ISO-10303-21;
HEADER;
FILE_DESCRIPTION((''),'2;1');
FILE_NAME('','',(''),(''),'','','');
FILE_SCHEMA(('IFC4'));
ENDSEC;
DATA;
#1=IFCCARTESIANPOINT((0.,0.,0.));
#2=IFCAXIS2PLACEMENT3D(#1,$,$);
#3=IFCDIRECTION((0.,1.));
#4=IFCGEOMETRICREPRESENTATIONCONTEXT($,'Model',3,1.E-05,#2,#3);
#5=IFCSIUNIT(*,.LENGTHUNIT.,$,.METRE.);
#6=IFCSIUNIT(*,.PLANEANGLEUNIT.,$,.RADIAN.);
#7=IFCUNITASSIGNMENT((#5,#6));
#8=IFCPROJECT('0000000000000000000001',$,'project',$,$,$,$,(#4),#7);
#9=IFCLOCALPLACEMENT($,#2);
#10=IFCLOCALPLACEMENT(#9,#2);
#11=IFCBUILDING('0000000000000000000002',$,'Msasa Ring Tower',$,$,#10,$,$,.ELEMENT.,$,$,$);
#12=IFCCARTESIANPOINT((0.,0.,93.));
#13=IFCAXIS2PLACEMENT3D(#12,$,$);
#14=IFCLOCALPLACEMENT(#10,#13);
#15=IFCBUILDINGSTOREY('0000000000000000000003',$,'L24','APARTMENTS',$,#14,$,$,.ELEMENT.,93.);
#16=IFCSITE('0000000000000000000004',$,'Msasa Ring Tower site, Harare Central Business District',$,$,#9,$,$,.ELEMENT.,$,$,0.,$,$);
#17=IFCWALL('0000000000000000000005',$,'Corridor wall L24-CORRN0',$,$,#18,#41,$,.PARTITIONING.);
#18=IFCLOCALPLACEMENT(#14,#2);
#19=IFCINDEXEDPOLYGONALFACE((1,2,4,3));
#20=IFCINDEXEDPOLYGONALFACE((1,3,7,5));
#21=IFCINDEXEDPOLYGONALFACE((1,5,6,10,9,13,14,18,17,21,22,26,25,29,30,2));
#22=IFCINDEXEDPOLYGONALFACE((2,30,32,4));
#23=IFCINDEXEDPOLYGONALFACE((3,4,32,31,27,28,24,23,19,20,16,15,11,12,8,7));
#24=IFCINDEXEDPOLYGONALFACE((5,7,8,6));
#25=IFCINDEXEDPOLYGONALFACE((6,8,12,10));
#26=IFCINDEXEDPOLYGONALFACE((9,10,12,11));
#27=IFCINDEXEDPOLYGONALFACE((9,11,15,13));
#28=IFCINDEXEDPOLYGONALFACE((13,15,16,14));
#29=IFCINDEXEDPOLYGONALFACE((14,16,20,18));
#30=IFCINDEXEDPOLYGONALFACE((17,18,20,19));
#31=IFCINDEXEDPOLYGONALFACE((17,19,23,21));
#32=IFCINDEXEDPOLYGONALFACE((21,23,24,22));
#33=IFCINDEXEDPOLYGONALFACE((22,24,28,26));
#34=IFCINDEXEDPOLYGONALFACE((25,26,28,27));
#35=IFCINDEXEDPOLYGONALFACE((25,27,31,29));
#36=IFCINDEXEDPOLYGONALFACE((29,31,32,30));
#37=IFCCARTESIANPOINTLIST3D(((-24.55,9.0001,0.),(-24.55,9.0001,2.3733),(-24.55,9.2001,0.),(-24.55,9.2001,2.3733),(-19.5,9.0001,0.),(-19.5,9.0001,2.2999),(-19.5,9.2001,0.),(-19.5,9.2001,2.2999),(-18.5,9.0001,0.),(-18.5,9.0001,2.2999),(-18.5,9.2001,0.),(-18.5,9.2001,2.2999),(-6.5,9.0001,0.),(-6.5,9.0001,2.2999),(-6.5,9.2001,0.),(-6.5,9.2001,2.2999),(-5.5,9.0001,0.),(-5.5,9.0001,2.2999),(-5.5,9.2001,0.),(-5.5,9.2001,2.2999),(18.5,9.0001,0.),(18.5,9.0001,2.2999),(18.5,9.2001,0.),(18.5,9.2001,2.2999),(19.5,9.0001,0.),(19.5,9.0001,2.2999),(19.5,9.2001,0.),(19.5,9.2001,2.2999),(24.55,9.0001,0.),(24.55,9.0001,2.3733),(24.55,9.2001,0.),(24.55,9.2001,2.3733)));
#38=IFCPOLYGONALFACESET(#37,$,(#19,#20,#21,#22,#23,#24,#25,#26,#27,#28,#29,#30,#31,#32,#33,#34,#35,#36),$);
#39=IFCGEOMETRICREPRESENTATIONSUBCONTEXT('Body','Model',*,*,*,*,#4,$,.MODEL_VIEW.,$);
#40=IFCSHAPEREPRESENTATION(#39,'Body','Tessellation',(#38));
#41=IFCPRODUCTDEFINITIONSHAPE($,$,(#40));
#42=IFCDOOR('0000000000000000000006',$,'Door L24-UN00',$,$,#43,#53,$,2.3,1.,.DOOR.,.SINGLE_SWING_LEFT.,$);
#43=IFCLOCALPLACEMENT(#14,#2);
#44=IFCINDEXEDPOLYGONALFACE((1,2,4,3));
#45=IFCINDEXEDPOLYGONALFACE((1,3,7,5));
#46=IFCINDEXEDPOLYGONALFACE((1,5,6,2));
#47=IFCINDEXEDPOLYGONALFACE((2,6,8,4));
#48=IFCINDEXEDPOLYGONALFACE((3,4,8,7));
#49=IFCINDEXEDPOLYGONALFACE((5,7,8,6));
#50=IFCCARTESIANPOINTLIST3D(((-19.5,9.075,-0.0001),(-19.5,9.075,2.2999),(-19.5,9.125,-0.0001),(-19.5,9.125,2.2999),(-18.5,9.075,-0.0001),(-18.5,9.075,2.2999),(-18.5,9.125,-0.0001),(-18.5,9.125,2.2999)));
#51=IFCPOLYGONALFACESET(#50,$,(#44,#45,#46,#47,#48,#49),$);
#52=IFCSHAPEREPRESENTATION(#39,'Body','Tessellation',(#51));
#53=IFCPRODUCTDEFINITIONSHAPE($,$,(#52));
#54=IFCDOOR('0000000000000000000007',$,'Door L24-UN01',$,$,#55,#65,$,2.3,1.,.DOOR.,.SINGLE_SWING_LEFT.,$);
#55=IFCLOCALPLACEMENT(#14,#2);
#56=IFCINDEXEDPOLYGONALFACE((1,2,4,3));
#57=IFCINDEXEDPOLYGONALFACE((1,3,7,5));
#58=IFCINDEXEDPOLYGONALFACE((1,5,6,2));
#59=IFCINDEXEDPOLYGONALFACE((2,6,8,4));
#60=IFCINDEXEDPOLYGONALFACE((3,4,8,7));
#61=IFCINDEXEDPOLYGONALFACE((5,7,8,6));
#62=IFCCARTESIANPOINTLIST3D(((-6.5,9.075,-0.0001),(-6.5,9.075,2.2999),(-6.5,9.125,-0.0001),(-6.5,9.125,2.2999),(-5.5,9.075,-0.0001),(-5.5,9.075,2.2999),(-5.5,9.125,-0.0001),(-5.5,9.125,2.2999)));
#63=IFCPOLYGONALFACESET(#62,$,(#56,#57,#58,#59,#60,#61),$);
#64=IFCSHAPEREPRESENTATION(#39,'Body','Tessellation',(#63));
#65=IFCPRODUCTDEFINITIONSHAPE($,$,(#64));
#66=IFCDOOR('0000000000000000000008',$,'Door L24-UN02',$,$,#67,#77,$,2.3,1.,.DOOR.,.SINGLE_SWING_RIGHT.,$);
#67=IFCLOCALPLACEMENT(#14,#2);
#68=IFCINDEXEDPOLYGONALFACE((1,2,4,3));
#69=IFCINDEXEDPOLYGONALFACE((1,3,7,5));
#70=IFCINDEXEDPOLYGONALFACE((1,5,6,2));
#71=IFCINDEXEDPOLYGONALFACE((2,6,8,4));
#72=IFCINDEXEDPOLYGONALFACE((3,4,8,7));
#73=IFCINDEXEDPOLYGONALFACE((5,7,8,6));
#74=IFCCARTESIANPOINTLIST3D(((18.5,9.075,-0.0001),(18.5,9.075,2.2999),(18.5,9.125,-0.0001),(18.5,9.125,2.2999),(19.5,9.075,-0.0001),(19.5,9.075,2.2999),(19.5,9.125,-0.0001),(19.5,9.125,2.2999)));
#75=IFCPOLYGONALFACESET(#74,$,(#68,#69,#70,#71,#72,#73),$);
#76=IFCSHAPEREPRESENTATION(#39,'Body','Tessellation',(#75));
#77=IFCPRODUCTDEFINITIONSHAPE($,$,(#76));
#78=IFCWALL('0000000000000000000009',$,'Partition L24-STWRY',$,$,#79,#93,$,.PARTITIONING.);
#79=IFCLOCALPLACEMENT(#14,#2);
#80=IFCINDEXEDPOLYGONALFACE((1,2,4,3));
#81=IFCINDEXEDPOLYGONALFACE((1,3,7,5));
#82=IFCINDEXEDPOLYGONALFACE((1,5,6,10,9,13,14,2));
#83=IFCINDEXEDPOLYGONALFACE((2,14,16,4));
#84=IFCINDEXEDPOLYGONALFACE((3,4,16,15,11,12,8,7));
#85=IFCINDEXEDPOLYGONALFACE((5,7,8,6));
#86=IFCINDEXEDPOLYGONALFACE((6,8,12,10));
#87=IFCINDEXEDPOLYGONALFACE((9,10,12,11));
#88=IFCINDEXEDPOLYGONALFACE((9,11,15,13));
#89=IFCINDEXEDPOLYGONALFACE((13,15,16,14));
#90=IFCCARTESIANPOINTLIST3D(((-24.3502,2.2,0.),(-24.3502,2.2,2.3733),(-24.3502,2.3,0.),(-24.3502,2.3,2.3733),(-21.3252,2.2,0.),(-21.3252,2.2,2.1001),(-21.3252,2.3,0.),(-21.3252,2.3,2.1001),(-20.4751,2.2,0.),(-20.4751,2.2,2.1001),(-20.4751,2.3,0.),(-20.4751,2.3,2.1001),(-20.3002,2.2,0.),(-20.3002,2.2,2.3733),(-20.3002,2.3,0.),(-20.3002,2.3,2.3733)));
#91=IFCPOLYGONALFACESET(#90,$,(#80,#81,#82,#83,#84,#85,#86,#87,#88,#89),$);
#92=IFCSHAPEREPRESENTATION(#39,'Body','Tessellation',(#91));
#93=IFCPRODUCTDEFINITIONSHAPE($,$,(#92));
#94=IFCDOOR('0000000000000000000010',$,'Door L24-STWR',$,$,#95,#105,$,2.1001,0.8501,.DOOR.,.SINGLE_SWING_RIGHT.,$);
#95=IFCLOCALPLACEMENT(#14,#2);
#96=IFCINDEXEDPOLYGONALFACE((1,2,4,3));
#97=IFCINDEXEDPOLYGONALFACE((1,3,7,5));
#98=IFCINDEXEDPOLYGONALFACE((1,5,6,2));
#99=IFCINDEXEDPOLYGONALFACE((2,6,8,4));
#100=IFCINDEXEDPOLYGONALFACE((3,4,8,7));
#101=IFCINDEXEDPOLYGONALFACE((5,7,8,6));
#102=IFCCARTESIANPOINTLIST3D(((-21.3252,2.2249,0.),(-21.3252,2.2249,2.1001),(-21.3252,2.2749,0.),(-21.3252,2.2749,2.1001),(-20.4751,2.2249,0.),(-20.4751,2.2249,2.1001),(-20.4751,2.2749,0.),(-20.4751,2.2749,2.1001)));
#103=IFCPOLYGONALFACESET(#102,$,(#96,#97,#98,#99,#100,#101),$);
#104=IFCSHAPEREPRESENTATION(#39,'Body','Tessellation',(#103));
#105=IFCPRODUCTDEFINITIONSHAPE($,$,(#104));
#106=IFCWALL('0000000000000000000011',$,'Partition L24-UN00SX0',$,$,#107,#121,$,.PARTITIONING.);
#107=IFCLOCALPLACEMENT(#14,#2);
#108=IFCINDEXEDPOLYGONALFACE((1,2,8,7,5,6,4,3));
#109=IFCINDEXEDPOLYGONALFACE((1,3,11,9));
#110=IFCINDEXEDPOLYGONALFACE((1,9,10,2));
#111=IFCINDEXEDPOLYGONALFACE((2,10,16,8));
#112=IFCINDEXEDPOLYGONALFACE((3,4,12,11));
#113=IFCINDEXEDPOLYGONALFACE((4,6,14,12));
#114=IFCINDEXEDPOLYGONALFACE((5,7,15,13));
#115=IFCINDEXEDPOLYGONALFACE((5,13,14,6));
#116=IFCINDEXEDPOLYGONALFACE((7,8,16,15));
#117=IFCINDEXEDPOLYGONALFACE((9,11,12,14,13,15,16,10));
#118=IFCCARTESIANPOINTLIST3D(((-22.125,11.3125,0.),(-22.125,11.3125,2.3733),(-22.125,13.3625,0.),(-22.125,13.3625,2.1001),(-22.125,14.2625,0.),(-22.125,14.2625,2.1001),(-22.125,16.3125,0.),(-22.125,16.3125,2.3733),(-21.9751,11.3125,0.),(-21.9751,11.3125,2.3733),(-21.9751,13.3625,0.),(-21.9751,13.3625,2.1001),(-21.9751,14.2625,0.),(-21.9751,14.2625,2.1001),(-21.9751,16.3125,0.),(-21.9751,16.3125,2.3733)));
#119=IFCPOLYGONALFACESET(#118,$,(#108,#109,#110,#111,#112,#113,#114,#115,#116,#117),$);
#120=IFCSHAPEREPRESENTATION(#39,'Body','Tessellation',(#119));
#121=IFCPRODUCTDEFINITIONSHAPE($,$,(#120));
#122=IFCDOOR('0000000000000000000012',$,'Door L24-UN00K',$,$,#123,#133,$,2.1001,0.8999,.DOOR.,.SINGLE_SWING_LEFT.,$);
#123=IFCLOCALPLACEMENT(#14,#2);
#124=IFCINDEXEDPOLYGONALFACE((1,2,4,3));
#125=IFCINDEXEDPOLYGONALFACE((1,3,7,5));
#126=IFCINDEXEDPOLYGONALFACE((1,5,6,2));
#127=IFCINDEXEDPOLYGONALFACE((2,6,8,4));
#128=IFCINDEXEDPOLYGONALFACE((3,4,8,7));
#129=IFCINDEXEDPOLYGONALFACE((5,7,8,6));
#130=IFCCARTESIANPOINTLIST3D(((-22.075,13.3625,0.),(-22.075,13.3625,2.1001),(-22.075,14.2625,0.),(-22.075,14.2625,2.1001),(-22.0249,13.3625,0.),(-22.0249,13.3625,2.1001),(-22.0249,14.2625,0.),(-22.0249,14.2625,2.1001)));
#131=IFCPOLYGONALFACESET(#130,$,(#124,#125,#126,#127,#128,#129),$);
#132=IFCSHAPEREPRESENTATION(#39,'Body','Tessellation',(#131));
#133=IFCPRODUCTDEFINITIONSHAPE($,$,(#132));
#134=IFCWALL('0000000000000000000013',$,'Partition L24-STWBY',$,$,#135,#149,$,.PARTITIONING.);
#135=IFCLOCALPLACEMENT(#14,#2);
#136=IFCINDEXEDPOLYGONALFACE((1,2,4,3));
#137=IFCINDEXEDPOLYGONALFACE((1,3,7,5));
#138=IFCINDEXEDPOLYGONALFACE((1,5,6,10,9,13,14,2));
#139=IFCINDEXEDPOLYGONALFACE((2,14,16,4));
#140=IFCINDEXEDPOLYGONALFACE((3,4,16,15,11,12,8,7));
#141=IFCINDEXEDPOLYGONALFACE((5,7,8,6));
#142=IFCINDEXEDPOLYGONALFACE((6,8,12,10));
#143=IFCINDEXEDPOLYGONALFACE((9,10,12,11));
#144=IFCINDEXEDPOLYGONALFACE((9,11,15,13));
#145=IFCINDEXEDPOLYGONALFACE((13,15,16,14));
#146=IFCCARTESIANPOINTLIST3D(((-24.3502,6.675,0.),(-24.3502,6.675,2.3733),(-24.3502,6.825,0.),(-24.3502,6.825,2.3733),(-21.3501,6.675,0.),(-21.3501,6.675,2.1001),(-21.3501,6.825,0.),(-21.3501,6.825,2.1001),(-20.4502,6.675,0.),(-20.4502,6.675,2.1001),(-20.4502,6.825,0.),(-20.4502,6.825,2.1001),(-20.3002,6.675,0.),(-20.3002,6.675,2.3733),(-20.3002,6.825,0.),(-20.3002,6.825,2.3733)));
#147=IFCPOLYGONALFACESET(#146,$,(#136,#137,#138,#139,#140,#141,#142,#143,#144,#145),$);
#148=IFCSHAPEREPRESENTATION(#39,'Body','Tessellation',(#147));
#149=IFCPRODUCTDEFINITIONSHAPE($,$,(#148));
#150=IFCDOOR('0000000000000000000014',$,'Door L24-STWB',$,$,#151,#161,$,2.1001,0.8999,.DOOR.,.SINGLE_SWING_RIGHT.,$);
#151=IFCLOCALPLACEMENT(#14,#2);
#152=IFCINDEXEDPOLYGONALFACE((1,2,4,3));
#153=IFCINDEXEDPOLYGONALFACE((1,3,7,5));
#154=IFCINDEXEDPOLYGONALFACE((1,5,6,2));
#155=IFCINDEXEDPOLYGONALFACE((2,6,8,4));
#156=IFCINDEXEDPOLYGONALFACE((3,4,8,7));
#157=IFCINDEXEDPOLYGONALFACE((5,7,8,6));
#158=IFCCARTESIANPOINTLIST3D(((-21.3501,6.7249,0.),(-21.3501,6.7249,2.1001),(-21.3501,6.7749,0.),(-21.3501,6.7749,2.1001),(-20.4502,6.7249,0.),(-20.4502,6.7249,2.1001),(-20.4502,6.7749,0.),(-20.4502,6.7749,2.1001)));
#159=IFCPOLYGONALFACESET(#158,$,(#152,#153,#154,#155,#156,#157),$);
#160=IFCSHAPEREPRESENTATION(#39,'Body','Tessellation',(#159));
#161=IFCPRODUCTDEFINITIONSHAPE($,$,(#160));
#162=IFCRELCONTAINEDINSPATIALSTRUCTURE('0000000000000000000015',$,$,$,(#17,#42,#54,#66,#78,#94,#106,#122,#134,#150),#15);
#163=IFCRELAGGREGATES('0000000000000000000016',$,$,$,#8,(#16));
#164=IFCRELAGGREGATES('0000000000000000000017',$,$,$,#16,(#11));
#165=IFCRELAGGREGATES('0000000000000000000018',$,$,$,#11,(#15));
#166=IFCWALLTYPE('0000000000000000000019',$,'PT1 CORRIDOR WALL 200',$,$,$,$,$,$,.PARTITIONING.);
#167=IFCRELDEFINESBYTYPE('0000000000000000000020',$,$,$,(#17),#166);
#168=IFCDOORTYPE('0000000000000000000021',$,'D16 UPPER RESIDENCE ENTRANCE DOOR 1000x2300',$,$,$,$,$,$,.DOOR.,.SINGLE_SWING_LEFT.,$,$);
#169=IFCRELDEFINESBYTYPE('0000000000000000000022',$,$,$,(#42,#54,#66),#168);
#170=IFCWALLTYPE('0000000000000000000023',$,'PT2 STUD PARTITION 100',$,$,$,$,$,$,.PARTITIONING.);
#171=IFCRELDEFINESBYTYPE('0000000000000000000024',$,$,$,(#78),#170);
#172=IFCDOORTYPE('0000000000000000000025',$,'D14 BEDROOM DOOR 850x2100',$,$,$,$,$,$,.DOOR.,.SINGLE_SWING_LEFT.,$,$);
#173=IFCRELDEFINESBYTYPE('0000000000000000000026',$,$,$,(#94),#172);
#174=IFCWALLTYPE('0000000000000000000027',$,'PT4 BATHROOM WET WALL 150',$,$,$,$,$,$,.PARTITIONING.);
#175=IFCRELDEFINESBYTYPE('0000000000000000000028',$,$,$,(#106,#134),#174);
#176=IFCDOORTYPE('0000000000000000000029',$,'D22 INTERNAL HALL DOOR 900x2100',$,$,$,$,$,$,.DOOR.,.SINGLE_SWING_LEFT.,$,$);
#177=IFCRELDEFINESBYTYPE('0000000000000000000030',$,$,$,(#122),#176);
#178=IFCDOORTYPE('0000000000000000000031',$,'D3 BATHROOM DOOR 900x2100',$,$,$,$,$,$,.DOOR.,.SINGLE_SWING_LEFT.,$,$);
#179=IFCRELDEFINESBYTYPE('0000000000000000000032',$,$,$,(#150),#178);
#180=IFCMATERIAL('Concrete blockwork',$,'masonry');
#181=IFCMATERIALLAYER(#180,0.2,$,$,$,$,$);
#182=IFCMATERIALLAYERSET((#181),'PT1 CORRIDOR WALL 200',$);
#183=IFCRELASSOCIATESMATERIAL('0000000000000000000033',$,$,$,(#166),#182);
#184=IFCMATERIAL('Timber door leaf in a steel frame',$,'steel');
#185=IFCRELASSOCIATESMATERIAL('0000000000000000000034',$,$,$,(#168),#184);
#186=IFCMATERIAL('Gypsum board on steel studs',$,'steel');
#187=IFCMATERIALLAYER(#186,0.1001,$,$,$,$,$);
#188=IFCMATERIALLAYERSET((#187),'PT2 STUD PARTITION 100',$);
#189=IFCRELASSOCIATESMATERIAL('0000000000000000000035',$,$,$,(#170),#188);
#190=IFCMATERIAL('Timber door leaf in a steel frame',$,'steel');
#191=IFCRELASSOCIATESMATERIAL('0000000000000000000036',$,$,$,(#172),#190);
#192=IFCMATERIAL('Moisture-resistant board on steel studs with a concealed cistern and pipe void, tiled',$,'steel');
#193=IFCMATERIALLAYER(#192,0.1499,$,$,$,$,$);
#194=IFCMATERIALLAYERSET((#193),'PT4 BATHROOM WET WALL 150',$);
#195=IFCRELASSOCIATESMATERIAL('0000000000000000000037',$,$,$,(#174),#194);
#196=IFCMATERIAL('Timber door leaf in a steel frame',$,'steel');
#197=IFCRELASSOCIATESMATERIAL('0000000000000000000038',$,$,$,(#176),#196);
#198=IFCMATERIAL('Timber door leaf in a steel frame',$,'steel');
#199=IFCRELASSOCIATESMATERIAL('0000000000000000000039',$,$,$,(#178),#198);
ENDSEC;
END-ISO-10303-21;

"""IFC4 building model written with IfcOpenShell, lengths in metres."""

from ifc_helpers import new_model, si_unit, direction, frame, frame_2d, origin, place, context, subcontext, project, spatial, rectangle, extrude, material, layer, layer_set, type_object, element, fill, save


model = new_model("IFC4")

# Units and contexts
model_context = context("Model", 3, precision=1e-05, world=origin(), true_north=direction((0.0, 1.0)))
body_context = subcontext(model_context, "Body", "Model", "MODEL_VIEW")
ifc_project = project(units=[si_unit("LENGTHUNIT", "METRE"), si_unit("PLANEANGLEUNIT", "RADIAN")], contexts=[model_context])

# Site, building, storey
site_placement = place(None, origin())
site = spatial("IfcSite", under=ifc_project, at=site_placement, Name="Msasa Ring Tower site, Harare Central Business District", CompositionType="ELEMENT", RefElevation=0.0)
building_placement = place(site_placement, origin())
building = spatial("IfcBuilding", under=site, at=building_placement, Name="Msasa Ring Tower", CompositionType="ELEMENT")
storey_placement = place(building_placement, frame((0.0, 0.0, 93.0)))
storey = spatial("IfcBuildingStorey", under=building, at=storey_placement, Name="L24", Description="APARTMENTS", CompositionType="ELEMENT", Elevation=93.0)

# Wall, openings, doors
ifc_material_1 = material(Name="Concrete blockwork", Category="masonry")
ifc_layer_1 = layer(ifc_material_1, 0.2)
ifc_layer_set_1 = layer_set([ifc_layer_1], Name="PT1 CORRIDOR WALL 200")
wall_type_1 = type_object("IfcWallType", Name="PT1 CORRIDOR WALL 200", PredefinedType="PARTITIONING", material=ifc_layer_set_1)
wall_1_placement = place(storey_placement, frame((-24.55, 9.1001, 0.0), z_axis=(0.0, 0.0, 1.0), x_axis=(1.0, 0.0, 0.0)))
wall_1 = element("IfcWall", 1, at=wall_1_placement, inside=storey, type_object=wall_type_1, Name="Corridor wall L24-CORRN0", PredefinedType="PARTITIONING", context=body_context, shape_type="SweptSolid", body=[
    extrude(rectangle(XDim=49.1001, YDim=0.2, at=frame_2d((24.55, 0.0))), origin(), (0.0, 0.0, 1.0), 2.3733),
])
opening_1_placement = place(wall_1_placement, frame((5.05, 0.0, 0.0)))
opening_1 = element("IfcOpeningElement", 2, at=opening_1_placement, cuts=wall_1, PredefinedType="OPENING", context=body_context, shape_type="SweptSolid", body=[
    extrude(rectangle(XDim=1.0, YDim=2.3, at=frame_2d((0.5, 1.1499))), frame((0.0, 0.1099, 0.0), z_axis=(0.0, -1.0, 0.0), x_axis=(1.0, 0.0, 0.0)), (0.0, 0.0, 1.0), 0.22),
])
opening_2_placement = place(wall_1_placement, frame((18.05, 0.0, 0.0)))
opening_2 = element("IfcOpeningElement", 3, at=opening_2_placement, cuts=wall_1, PredefinedType="OPENING", context=body_context, shape_type="SweptSolid", body=[
    extrude(rectangle(XDim=1.0, YDim=2.3, at=frame_2d((0.5, 1.1499))), frame((0.0, 0.1099, 0.0), z_axis=(0.0, -1.0, 0.0), x_axis=(1.0, 0.0, 0.0)), (0.0, 0.0, 1.0), 0.22),
])
opening_3_placement = place(wall_1_placement, frame((43.05, 0.0, 0.0)))
opening_3 = element("IfcOpeningElement", 4, at=opening_3_placement, cuts=wall_1, PredefinedType="OPENING", context=body_context, shape_type="SweptSolid", body=[
    extrude(rectangle(XDim=1.0, YDim=2.3, at=frame_2d((0.5, 1.1499))), frame((0.0, 0.1099, 0.0), z_axis=(0.0, -1.0, 0.0), x_axis=(1.0, 0.0, 0.0)), (0.0, 0.0, 1.0), 0.22),
])
ifc_material_2 = material(Name="Timber door leaf in a steel frame", Category="steel")
door_type_1 = type_object("IfcDoorType", Name="D16 UPPER RESIDENCE ENTRANCE DOOR 1000x2300", OperationType="SINGLE_SWING_LEFT", PredefinedType="DOOR", material=ifc_material_2)
door_1_placement = place(opening_1_placement, origin())
door_1 = element("IfcDoor", 5, at=door_1_placement, inside=storey, type_object=door_type_1, Name="Door L24-UN00", OperationType="SINGLE_SWING_LEFT", OverallHeight=2.3, OverallWidth=1.0, PredefinedType="DOOR", context=body_context, shape_type="SweptSolid", body=[
    extrude(rectangle(XDim=1.0, YDim=2.3, at=frame_2d((0.5, 1.1499))), frame((0.0, 0.0249, 0.0), z_axis=(0.0, -1.0, 0.0), x_axis=(1.0, 0.0, 0.0)), (0.0, 0.0, 1.0), 0.05),
])
fill(opening_1, door_1)
door_2_placement = place(opening_2_placement, origin())
door_2 = element("IfcDoor", 6, at=door_2_placement, inside=storey, type_object=door_type_1, Name="Door L24-UN01", OperationType="SINGLE_SWING_LEFT", OverallHeight=2.3, OverallWidth=1.0, PredefinedType="DOOR", context=body_context, shape_type="SweptSolid", body=[
    extrude(rectangle(XDim=1.0, YDim=2.3, at=frame_2d((0.5, 1.1499))), frame((0.0, 0.0249, 0.0), z_axis=(0.0, -1.0, 0.0), x_axis=(1.0, 0.0, 0.0)), (0.0, 0.0, 1.0), 0.05),
])
fill(opening_2, door_2)
door_3_placement = place(opening_3_placement, origin())
door_3 = element("IfcDoor", 7, at=door_3_placement, inside=storey, type_object=door_type_1, Name="Door L24-UN02", OperationType="SINGLE_SWING_RIGHT", OverallHeight=2.3, OverallWidth=1.0, PredefinedType="DOOR", context=body_context, shape_type="SweptSolid", body=[
    extrude(rectangle(XDim=1.0, YDim=2.3, at=frame_2d((0.5, 1.1499))), frame((0.0, 0.0249, 0.0), z_axis=(0.0, -1.0, 0.0), x_axis=(1.0, 0.0, 0.0)), (0.0, 0.0, 1.0), 0.05),
])
fill(opening_3, door_3)

# Walls, openings, doors
ifc_material_3 = material(Name="Gypsum board on steel studs", Category="steel")
ifc_layer_2 = layer(ifc_material_3, 0.1001)
ifc_layer_set_2 = layer_set([ifc_layer_2], Name="PT2 STUD PARTITION 100")
wall_type_2 = type_object("IfcWallType", Name="PT2 STUD PARTITION 100", PredefinedType="PARTITIONING", material=ifc_layer_set_2)
wall_2_placement = place(storey_placement, frame((-24.3501, 2.25, 0.0), z_axis=(0.0, 0.0, 1.0), x_axis=(1.0, 0.0, 0.0)))
wall_2 = element("IfcWall", 8, at=wall_2_placement, inside=storey, type_object=wall_type_2, Name="Partition L24-STWRY", PredefinedType="PARTITIONING", context=body_context, shape_type="SweptSolid", body=[
    extrude(rectangle(XDim=4.05, YDim=0.1001, at=frame_2d((2.0249, 0.0))), origin(), (0.0, 0.0, 1.0), 2.3733),
])
opening_4_placement = place(wall_2_placement, frame((3.0249, 0.0, 0.0)))
opening_4 = element("IfcOpeningElement", 9, at=opening_4_placement, cuts=wall_2, PredefinedType="OPENING", context=body_context, shape_type="SweptSolid", body=[
    extrude(rectangle(XDim=0.8501, YDim=2.1001, at=frame_2d((0.425, 1.05))), frame((0.0, 0.0601, 0.0), z_axis=(0.0, -1.0, 0.0), x_axis=(1.0, 0.0, 0.0)), (0.0, 0.0, 1.0), 0.1201),
])
ifc_material_4 = material(Name="Timber door leaf in a steel frame", Category="steel")
door_type_2 = type_object("IfcDoorType", Name="D14 BEDROOM DOOR 850x2100", OperationType="SINGLE_SWING_LEFT", PredefinedType="DOOR", material=ifc_material_4)
door_4_placement = place(opening_4_placement, origin())
door_4 = element("IfcDoor", 10, at=door_4_placement, inside=storey, type_object=door_type_2, Name="Door L24-STWR", OperationType="SINGLE_SWING_RIGHT", OverallHeight=2.1001, OverallWidth=0.8501, PredefinedType="DOOR", context=body_context, shape_type="SweptSolid", body=[
    extrude(rectangle(XDim=0.8501, YDim=2.1001, at=frame_2d((0.425, 1.05))), frame((0.0, 0.0249, 0.0), z_axis=(0.0, -1.0, 0.0), x_axis=(1.0, 0.0, 0.0)), (0.0, 0.0, 1.0), 0.05),
])
fill(opening_4, door_4)
ifc_material_5 = material(Name="Moisture-resistant board on steel studs with a concealed cistern and pipe void, tiled", Category="steel")
ifc_layer_3 = layer(ifc_material_5, 0.1499)
ifc_layer_set_3 = layer_set([ifc_layer_3], Name="PT4 BATHROOM WET WALL 150")
wall_type_3 = type_object("IfcWallType", Name="PT4 BATHROOM WET WALL 150", PredefinedType="PARTITIONING", material=ifc_layer_set_3)
wall_3_placement = place(storey_placement, frame((-22.05, 11.3125, 0.0), z_axis=(0.0, 0.0, 1.0), x_axis=(0.0, 1.0, 0.0)))
wall_3 = element("IfcWall", 11, at=wall_3_placement, inside=storey, type_object=wall_type_3, Name="Partition L24-UN00SX0", PredefinedType="PARTITIONING", context=body_context, shape_type="SweptSolid", body=[
    extrude(rectangle(XDim=5.0, YDim=0.1499, at=frame_2d((2.5, 0.0))), origin(), (0.0, 0.0, 1.0), 2.3733),
])
opening_5_placement = place(wall_3_placement, frame((2.05, 0.0, 0.0)))
opening_5 = element("IfcOpeningElement", 12, at=opening_5_placement, cuts=wall_3, PredefinedType="OPENING", context=body_context, shape_type="SweptSolid", body=[
    extrude(rectangle(XDim=0.8999, YDim=2.1001, at=frame_2d((0.45, 1.05))), frame((0.0, 0.085, 0.0), z_axis=(0.0, -1.0, 0.0), x_axis=(1.0, 0.0, 0.0)), (0.0, 0.0, 1.0), 0.1699),
])
ifc_material_6 = material(Name="Timber door leaf in a steel frame", Category="steel")
door_type_3 = type_object("IfcDoorType", Name="D22 INTERNAL HALL DOOR 900x2100", OperationType="SINGLE_SWING_LEFT", PredefinedType="DOOR", material=ifc_material_6)
door_5_placement = place(opening_5_placement, origin())
door_5 = element("IfcDoor", 13, at=door_5_placement, inside=storey, type_object=door_type_3, Name="Door L24-UN00K", OperationType="SINGLE_SWING_LEFT", OverallHeight=2.1001, OverallWidth=0.8999, PredefinedType="DOOR", context=body_context, shape_type="SweptSolid", body=[
    extrude(rectangle(XDim=0.8999, YDim=2.1001, at=frame_2d((0.45, 1.05))), frame((0.0, 0.0249, 0.0), z_axis=(0.0, -1.0, 0.0), x_axis=(1.0, 0.0, 0.0)), (0.0, 0.0, 1.0), 0.05),
])
fill(opening_5, door_5)
wall_4_placement = place(storey_placement, frame((-24.3501, 6.75, 0.0), z_axis=(0.0, 0.0, 1.0), x_axis=(1.0, 0.0, 0.0)))
wall_4 = element("IfcWall", 14, at=wall_4_placement, inside=storey, type_object=wall_type_3, Name="Partition L24-STWBY", PredefinedType="PARTITIONING", context=body_context, shape_type="SweptSolid", body=[
    extrude(rectangle(XDim=4.05, YDim=0.1499, at=frame_2d((2.0249, 0.0))), origin(), (0.0, 0.0, 1.0), 2.3733),
])
opening_6_placement = place(wall_4_placement, frame((3.0, 0.0, 0.0)))
opening_6 = element("IfcOpeningElement", 15, at=opening_6_placement, cuts=wall_4, PredefinedType="OPENING", context=body_context, shape_type="SweptSolid", body=[
    extrude(rectangle(XDim=0.8999, YDim=2.1001, at=frame_2d((0.45, 1.05))), frame((0.0, 0.085, 0.0), z_axis=(0.0, -1.0, 0.0), x_axis=(1.0, 0.0, 0.0)), (0.0, 0.0, 1.0), 0.1699),
])
ifc_material_7 = material(Name="Timber door leaf in a steel frame", Category="steel")
door_type_4 = type_object("IfcDoorType", Name="D3 BATHROOM DOOR 900x2100", OperationType="SINGLE_SWING_LEFT", PredefinedType="DOOR", material=ifc_material_7)
door_6_placement = place(opening_6_placement, origin())
door_6 = element("IfcDoor", 16, at=door_6_placement, inside=storey, type_object=door_type_4, Name="Door L24-STWB", OperationType="SINGLE_SWING_RIGHT", OverallHeight=2.1001, OverallWidth=0.8999, PredefinedType="DOOR", context=body_context, shape_type="SweptSolid", body=[
    extrude(rectangle(XDim=0.8999, YDim=2.1001, at=frame_2d((0.45, 1.05))), frame((0.0, 0.0249, 0.0), z_axis=(0.0, -1.0, 0.0), x_axis=(1.0, 0.0, 0.0)), (0.0, 0.0, 1.0), 0.05),
])
fill(opening_6, door_6)

save(model, "model.ifc")
